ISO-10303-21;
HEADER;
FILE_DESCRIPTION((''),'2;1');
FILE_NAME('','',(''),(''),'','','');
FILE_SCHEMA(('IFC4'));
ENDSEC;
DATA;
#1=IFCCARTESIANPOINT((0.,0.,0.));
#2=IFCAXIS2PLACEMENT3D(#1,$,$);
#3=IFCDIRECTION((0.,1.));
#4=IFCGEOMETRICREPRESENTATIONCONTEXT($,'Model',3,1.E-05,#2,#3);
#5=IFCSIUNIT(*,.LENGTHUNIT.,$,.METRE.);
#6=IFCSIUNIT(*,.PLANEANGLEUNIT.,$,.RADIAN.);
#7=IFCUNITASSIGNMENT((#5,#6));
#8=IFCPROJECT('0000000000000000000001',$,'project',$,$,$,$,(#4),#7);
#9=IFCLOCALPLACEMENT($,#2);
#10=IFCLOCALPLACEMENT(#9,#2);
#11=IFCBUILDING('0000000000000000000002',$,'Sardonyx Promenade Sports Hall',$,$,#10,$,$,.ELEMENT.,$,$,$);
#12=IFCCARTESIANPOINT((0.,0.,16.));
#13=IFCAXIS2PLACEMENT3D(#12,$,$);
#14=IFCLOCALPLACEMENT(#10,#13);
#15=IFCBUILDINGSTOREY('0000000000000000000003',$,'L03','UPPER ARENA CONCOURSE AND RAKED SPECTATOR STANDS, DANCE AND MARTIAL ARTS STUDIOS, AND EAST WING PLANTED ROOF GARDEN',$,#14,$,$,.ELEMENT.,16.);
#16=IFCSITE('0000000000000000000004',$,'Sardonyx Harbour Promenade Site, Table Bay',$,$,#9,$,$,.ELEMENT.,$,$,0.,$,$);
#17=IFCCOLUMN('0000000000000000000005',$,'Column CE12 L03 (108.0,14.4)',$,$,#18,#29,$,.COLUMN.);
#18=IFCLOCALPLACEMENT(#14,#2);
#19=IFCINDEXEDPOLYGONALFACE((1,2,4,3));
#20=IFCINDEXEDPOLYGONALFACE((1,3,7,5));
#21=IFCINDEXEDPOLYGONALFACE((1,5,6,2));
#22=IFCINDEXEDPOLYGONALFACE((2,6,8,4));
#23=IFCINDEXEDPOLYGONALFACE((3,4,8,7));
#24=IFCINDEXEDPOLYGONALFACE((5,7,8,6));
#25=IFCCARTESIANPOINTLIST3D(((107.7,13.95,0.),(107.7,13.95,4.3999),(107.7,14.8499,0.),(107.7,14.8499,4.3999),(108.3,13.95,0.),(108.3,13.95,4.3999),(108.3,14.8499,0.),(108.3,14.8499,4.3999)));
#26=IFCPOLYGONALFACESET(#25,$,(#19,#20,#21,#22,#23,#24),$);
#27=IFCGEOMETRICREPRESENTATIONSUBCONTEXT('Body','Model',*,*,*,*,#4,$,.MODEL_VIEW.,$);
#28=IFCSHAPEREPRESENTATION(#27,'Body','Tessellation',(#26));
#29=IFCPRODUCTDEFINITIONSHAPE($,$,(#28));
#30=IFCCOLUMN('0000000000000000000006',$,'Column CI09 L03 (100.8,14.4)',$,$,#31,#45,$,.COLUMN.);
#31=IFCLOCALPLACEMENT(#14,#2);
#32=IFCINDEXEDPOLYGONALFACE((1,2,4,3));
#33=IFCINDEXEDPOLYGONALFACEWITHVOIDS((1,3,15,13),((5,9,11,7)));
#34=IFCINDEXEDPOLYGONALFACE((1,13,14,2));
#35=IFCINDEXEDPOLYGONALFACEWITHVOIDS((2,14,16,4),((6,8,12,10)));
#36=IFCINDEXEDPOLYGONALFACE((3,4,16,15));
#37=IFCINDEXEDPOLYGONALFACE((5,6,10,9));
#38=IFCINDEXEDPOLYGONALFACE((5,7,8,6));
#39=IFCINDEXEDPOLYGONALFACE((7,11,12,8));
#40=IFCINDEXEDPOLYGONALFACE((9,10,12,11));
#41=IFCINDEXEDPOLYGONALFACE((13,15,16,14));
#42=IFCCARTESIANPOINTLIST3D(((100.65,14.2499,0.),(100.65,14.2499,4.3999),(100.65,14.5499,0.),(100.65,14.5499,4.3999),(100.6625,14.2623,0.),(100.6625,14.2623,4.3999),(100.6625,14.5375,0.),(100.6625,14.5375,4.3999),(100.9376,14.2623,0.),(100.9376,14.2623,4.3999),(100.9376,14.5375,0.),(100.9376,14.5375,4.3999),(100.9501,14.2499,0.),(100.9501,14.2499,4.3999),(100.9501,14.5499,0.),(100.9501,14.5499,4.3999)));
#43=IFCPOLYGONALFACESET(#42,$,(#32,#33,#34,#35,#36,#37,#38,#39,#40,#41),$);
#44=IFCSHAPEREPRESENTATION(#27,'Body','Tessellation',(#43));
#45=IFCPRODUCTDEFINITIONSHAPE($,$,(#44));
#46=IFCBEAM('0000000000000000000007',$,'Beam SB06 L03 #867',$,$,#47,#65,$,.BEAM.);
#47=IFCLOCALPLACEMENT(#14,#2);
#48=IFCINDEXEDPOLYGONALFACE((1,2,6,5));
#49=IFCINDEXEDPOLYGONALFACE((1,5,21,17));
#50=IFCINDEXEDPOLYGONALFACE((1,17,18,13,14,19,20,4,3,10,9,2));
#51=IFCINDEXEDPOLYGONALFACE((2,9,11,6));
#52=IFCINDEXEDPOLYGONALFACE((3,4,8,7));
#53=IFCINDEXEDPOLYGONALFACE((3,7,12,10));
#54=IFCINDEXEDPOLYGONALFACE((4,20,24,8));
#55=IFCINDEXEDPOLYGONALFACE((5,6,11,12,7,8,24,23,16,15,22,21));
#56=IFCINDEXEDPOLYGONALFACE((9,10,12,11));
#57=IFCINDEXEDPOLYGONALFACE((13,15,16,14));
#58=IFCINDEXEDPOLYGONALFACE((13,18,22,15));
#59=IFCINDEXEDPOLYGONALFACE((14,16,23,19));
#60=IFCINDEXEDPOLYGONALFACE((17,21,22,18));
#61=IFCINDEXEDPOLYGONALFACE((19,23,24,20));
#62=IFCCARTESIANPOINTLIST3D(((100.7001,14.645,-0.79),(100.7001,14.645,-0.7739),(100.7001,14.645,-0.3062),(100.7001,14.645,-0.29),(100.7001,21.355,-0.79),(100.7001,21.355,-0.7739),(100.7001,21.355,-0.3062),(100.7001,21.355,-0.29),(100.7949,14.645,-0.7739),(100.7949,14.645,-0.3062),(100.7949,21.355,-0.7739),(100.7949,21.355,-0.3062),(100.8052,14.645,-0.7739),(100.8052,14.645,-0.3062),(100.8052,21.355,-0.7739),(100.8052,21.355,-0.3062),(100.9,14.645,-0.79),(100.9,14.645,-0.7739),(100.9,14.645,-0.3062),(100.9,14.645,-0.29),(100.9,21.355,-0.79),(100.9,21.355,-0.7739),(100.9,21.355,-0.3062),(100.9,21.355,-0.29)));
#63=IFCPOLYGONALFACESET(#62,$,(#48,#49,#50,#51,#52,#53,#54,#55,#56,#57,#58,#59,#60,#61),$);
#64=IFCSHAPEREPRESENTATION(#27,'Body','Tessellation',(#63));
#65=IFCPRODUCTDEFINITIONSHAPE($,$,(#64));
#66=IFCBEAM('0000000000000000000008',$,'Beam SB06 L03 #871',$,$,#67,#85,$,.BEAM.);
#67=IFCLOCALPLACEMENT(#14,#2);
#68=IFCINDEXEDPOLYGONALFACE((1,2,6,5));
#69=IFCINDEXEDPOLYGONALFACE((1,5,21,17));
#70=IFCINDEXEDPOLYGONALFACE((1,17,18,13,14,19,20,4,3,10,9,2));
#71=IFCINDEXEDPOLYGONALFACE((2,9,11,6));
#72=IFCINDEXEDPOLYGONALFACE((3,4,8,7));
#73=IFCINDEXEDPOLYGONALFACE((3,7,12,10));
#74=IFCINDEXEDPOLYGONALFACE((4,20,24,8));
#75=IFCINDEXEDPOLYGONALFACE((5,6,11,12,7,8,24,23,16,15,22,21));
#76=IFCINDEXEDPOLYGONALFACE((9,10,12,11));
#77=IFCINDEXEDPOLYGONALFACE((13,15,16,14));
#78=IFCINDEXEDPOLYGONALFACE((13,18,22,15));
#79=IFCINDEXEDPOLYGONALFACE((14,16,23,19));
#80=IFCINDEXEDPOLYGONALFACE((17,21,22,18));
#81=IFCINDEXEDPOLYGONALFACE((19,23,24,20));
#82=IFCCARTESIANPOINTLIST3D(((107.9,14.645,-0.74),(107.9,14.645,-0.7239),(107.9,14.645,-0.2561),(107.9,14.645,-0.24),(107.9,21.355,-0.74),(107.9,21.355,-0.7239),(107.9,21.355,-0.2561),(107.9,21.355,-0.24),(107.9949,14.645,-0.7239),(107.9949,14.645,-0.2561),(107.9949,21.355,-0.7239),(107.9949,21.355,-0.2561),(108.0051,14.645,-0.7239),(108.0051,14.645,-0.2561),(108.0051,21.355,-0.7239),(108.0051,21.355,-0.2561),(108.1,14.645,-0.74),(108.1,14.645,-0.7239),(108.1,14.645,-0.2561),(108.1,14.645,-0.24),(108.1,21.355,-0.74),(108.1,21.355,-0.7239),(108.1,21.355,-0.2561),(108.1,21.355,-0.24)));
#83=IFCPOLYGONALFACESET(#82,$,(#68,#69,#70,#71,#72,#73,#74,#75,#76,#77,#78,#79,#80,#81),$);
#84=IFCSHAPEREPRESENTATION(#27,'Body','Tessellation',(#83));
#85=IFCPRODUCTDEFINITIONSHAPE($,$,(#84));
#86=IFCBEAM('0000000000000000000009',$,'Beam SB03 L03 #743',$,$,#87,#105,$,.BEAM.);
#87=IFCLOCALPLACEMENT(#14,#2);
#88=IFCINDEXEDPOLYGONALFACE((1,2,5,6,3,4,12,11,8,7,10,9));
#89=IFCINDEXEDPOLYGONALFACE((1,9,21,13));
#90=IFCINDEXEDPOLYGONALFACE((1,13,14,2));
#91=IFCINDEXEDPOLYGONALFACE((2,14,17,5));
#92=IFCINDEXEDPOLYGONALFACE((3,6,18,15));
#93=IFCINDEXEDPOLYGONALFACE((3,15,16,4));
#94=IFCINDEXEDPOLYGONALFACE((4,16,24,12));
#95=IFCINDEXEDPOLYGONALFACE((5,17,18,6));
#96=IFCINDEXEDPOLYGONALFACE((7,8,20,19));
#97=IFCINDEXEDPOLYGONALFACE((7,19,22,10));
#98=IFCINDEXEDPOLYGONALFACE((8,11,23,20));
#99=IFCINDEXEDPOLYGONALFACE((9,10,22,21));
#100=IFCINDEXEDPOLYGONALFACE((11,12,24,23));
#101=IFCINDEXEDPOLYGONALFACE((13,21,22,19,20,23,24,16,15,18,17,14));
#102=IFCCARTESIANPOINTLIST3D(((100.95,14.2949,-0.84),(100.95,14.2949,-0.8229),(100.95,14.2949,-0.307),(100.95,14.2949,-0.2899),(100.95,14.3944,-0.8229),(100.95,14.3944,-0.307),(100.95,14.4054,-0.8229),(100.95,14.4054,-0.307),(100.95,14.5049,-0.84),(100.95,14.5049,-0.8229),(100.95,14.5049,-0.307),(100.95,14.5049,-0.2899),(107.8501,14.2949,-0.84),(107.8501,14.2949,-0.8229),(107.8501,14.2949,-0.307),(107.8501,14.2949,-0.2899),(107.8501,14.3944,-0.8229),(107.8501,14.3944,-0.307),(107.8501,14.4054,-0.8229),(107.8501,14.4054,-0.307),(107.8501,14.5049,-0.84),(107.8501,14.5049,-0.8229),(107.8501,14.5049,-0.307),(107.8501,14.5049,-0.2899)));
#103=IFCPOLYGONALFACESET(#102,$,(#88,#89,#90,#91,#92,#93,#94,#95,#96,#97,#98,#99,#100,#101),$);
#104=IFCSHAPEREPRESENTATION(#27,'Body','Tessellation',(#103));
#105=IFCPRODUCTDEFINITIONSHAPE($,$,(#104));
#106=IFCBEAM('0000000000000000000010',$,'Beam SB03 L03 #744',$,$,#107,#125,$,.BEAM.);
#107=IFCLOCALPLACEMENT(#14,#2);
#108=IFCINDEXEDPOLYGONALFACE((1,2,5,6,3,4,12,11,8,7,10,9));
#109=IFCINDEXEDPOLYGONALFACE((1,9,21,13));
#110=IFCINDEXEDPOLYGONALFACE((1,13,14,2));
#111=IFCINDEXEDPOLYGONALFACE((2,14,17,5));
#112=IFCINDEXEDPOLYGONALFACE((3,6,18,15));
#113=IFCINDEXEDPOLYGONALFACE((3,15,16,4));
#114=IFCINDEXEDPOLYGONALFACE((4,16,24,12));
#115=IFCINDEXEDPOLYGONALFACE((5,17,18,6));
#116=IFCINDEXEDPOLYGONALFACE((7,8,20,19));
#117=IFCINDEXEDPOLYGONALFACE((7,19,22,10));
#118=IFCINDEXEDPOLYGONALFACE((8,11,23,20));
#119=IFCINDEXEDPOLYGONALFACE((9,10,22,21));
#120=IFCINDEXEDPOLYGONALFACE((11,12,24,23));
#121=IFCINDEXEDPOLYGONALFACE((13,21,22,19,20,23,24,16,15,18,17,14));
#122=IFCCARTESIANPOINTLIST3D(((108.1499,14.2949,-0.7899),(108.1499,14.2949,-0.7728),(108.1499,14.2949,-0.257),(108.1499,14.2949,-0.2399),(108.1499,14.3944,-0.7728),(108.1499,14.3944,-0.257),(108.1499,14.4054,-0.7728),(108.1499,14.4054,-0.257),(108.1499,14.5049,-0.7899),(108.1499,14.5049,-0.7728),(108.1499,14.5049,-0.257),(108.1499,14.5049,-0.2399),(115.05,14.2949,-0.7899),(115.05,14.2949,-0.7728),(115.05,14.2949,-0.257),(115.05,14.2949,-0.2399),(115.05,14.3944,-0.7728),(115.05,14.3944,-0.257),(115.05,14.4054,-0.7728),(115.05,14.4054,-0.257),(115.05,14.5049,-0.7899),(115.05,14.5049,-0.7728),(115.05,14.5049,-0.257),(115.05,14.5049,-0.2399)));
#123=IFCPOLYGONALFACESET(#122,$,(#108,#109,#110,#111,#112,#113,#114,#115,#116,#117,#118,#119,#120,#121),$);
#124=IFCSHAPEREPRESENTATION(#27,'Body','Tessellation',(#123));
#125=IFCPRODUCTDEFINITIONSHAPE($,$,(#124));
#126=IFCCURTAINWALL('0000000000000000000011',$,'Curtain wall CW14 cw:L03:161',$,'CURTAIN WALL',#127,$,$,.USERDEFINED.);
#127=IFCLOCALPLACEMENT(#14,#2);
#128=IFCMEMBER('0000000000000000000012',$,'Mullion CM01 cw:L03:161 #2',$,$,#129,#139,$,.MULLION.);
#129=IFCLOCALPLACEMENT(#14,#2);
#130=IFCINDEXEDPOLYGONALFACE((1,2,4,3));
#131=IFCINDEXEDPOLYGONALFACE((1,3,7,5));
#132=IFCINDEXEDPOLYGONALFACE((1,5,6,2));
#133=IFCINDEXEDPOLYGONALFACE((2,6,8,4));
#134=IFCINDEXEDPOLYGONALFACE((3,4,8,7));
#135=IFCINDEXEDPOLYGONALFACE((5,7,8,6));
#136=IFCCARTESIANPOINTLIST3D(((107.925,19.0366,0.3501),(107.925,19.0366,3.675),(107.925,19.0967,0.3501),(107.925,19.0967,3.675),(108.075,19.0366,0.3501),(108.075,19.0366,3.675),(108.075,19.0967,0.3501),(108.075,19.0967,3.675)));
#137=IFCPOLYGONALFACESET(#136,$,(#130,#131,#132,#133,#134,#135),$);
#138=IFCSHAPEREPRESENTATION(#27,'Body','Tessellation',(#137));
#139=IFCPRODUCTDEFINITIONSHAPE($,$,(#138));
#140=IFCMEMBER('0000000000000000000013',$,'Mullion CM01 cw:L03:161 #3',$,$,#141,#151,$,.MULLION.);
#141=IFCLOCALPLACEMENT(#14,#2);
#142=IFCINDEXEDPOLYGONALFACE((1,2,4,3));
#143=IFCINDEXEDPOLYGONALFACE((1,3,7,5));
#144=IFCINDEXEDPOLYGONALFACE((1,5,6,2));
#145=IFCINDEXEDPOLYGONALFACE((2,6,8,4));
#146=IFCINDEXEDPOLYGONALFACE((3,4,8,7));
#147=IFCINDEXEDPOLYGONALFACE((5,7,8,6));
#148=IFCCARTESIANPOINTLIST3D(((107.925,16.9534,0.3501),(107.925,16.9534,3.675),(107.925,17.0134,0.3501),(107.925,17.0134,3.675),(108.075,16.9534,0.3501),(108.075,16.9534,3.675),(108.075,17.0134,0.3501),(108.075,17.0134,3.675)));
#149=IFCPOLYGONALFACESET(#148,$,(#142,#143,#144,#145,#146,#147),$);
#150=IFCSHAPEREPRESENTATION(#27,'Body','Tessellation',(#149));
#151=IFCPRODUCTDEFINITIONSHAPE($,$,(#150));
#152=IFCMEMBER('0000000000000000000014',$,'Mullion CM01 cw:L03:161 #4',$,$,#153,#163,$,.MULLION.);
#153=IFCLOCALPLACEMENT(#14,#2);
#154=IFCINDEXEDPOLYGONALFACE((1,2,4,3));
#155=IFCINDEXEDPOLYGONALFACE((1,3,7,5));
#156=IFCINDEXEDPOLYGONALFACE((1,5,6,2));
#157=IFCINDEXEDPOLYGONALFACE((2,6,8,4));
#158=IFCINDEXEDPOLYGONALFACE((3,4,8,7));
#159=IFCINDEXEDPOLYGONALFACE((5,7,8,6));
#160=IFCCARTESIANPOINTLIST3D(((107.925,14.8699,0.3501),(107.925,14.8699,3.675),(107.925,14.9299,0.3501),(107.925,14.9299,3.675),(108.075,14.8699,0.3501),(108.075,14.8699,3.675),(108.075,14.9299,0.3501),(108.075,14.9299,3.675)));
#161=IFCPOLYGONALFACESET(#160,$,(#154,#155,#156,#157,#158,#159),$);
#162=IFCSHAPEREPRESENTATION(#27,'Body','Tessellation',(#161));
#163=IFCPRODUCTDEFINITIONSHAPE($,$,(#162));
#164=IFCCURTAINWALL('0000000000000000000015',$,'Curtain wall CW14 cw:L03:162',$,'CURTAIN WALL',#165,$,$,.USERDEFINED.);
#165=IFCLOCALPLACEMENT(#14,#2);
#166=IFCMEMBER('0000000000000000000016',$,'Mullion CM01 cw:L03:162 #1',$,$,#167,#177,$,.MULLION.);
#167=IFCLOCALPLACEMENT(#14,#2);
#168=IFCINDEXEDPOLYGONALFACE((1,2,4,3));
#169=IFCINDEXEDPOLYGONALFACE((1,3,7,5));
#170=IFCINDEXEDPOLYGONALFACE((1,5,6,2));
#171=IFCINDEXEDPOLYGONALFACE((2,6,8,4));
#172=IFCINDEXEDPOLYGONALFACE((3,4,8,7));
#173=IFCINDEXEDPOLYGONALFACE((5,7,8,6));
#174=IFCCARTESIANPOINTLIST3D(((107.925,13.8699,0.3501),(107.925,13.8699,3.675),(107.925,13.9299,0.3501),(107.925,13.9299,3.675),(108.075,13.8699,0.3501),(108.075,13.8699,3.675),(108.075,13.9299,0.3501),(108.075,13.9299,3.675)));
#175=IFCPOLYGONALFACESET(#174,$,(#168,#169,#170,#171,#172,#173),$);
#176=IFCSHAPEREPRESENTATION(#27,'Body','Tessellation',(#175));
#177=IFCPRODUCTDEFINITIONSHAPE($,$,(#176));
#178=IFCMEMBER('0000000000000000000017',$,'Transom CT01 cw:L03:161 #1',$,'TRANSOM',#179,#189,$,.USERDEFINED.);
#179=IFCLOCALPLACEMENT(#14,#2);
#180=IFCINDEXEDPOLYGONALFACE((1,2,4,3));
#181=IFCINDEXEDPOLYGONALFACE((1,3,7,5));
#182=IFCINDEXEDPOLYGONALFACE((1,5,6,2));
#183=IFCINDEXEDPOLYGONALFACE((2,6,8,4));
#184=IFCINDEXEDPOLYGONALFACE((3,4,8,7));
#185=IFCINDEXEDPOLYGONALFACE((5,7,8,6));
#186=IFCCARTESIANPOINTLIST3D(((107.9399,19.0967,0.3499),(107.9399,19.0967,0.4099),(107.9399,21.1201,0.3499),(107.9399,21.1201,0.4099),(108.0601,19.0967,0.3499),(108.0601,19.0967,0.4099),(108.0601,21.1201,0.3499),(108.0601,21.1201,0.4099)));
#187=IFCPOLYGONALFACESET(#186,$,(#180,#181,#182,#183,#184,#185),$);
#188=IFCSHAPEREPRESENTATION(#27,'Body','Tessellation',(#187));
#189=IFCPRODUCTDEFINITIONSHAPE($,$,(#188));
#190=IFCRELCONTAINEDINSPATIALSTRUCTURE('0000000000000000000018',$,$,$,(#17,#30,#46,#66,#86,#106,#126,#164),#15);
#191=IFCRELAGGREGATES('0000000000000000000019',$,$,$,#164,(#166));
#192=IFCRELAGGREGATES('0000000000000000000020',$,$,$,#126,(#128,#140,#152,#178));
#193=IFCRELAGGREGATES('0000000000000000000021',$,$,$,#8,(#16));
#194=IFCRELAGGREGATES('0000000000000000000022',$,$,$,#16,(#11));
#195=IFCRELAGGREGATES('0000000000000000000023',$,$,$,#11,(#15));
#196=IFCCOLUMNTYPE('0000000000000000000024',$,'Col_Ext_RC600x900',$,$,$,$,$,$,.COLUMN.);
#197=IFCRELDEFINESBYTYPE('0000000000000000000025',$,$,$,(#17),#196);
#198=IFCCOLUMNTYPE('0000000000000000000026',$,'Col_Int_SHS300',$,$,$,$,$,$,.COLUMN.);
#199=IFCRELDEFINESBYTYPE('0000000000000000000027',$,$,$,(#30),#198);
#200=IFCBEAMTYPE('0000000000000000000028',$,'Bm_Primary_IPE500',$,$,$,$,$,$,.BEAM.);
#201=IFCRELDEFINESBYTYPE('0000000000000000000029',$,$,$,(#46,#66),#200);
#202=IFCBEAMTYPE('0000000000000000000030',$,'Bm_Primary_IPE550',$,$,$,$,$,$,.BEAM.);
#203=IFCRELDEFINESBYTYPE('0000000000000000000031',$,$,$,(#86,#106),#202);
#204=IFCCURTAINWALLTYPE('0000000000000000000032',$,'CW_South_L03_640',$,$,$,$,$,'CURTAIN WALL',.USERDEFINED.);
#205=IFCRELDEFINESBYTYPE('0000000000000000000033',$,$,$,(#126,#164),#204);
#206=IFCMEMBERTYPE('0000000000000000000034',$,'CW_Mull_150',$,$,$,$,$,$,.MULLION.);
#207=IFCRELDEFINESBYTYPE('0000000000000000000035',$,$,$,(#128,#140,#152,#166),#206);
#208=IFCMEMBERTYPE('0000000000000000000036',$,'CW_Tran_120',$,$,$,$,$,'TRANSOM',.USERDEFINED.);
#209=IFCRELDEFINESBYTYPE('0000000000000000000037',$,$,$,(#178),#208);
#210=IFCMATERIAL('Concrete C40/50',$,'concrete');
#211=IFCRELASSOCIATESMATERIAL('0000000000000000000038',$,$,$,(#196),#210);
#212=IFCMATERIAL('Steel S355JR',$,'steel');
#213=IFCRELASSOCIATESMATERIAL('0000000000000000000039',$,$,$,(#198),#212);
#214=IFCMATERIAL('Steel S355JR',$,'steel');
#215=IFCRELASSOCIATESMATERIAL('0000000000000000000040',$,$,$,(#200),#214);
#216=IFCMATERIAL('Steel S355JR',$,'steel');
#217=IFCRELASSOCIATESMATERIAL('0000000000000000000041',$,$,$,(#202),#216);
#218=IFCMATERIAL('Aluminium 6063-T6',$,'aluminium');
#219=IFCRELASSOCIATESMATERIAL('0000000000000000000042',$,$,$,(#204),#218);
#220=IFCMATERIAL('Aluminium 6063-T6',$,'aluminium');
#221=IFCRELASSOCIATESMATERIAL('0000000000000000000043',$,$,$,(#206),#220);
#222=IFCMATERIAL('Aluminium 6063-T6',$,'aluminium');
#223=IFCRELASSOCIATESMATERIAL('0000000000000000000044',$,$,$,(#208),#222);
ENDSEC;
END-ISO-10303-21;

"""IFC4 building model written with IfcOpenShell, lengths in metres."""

from ifc_helpers import new_model, si_unit, direction, frame, origin, origin_2d, place, context, subcontext, project, spatial, rectangle, hollow_rectangle, i_section, extrude, material, material_profile, profile_set, type_object, element, aggregate, save


model = new_model("IFC4")

# Units and contexts
model_context = context("Model", 3, precision=1e-05, world=origin(), true_north=direction((0.0, 1.0)))
body_context = subcontext(model_context, "Body", "Model", "MODEL_VIEW")
ifc_project = project(units=[si_unit("LENGTHUNIT", "METRE"), si_unit("PLANEANGLEUNIT", "RADIAN")], contexts=[model_context])

# Site, building, storey
site_placement = place(None, origin())
site = spatial("IfcSite", under=ifc_project, at=site_placement, Name="Sardonyx Harbour Promenade Site, Table Bay", CompositionType="ELEMENT", RefElevation=0.0)
building_placement = place(site_placement, origin())
building = spatial("IfcBuilding", under=site, at=building_placement, Name="Sardonyx Promenade Sports Hall", CompositionType="ELEMENT")
storey_placement = place(building_placement, frame((0.0, 0.0, 16.0)))
storey = spatial("IfcBuildingStorey", under=building, at=storey_placement, Name="L03", Description="UPPER ARENA CONCOURSE AND RAKED SPECTATOR STANDS, DANCE AND MARTIAL ARTS STUDIOS, AND EAST WING PLANTED ROOF GARDEN", CompositionType="ELEMENT", Elevation=16.0)

# Columns
ifc_material_1 = material(Name="Concrete C40/50", Category="concrete")
ifc_material_profile_1 = material_profile(ifc_material_1, rectangle(XDim=0.6001, YDim=0.8999, at=origin_2d()))
ifc_profile_set_1 = profile_set([ifc_material_profile_1], Name="Concrete C40/50")
column_type_1 = type_object("IfcColumnType", Name="Col_Ext_RC600x900", PredefinedType="COLUMN", material=ifc_profile_set_1)
column_1_placement = place(storey_placement, frame((108.0, 14.3999, 0.0), z_axis=(0.0, 0.0, 1.0), x_axis=(1.0, 0.0, 0.0)))
element("IfcColumn", 1, at=column_1_placement, inside=storey, type_object=column_type_1, Name="Column CE12 L03 (108.0,14.4)", PredefinedType="COLUMN", context=body_context, shape_type="SweptSolid", body=[
    extrude(rectangle(XDim=0.6001, YDim=0.8999, at=origin_2d()), origin(), (0.0, 0.0, 1.0), 4.3999),
])
ifc_material_2 = material(Name="Steel S355JR", Category="steel")
ifc_material_profile_2 = material_profile(ifc_material_2, hollow_rectangle(XDim=0.3, YDim=0.3, WallThickness=0.0125, at=origin_2d()))
ifc_profile_set_2 = profile_set([ifc_material_profile_2], Name="Steel S355JR")
column_type_2 = type_object("IfcColumnType", Name="Col_Int_SHS300", PredefinedType="COLUMN", material=ifc_profile_set_2)
column_2_placement = place(storey_placement, frame((100.8, 14.3999, 0.0), z_axis=(0.0, 0.0, 1.0), x_axis=(1.0, 0.0, 0.0)))
element("IfcColumn", 2, at=column_2_placement, inside=storey, type_object=column_type_2, Name="Column CI09 L03 (100.8,14.4)", PredefinedType="COLUMN", context=body_context, shape_type="SweptSolid", body=[
    extrude(hollow_rectangle(XDim=0.3, YDim=0.3, WallThickness=0.0125, at=origin_2d()), origin(), (0.0, 0.0, 1.0), 4.3999),
])

# Beams
ifc_material_3 = material(Name="Steel S355JR", Category="steel")
ifc_material_profile_3 = material_profile(ifc_material_3, i_section(OverallWidth=0.2, OverallDepth=0.5, WebThickness=0.0103, FlangeThickness=0.0161, at=origin_2d()))
ifc_profile_set_3 = profile_set([ifc_material_profile_3], Name="Steel S355JR")
beam_type_1 = type_object("IfcBeamType", Name="Bm_Primary_IPE500", PredefinedType="BEAM", material=ifc_profile_set_3)
for number, where, z_axis, x_axis, name in (
    (3, (100.8, 14.645, -0.54), (0.0, 1.0, 0.0), (-1.0, 0.0, 0.0), "Beam SB06 L03 #867"),
    (4, (108.0, 14.645, -0.49), (0.0, 1.0, 0.0), (-1.0, 0.0, 0.0), "Beam SB06 L03 #871"),
):
    element("IfcBeam", number, at=place(storey_placement, frame(where, z_axis=z_axis, x_axis=x_axis)), inside=storey, type_object=beam_type_1, Name=name, PredefinedType="BEAM", context=body_context, shape_type="SweptSolid", body=[
        extrude(i_section(OverallWidth=0.2, OverallDepth=0.5, WebThickness=0.0103, FlangeThickness=0.0161, at=origin_2d()), origin(), (0.0, 0.0, 1.0), 6.71),
    ])
ifc_material_4 = material(Name="Steel S355JR", Category="steel")
ifc_material_profile_4 = material_profile(ifc_material_4, i_section(OverallWidth=0.21, OverallDepth=0.55, WebThickness=0.011, FlangeThickness=0.0171, at=origin_2d()))
ifc_profile_set_4 = profile_set([ifc_material_profile_4], Name="Steel S355JR")
beam_type_2 = type_object("IfcBeamType", Name="Bm_Primary_IPE550", PredefinedType="BEAM", material=ifc_profile_set_4)
for number, where, z_axis, x_axis, name in (
    (5, (100.95, 14.3999, -0.5649), (1.0, 0.0, 0.0), (0.0, 1.0, 0.0), "Beam SB03 L03 #743"),
    (6, (108.1499, 14.3999, -0.5149), (1.0, 0.0, 0.0), (0.0, 1.0, 0.0), "Beam SB03 L03 #744"),
):
    element("IfcBeam", number, at=place(storey_placement, frame(where, z_axis=z_axis, x_axis=x_axis)), inside=storey, type_object=beam_type_2, Name=name, PredefinedType="BEAM", context=body_context, shape_type="SweptSolid", body=[
        extrude(i_section(OverallWidth=0.21, OverallDepth=0.55, WebThickness=0.011, FlangeThickness=0.0171, at=origin_2d()), origin(), (0.0, 0.0, 1.0), 6.9001),
    ])

# Curtain wall, members
ifc_material_5 = material(Name="Aluminium 6063-T6", Category="aluminium")
curtain_wall_type = type_object("IfcCurtainWallType", Name="CW_South_L03_640", ElementType="CURTAIN WALL", PredefinedType="USERDEFINED", material=ifc_material_5)
curtain_wall_1_placement = place(storey_placement, origin())
curtain_wall_1 = element("IfcCurtainWall", 7, at=curtain_wall_1_placement, inside=storey, type_object=curtain_wall_type, Name="Curtain wall CW14 cw:L03:161", ObjectType="CURTAIN WALL", PredefinedType="USERDEFINED")
ifc_material_6 = material(Name="Aluminium 6063-T6", Category="aluminium")
ifc_material_profile_5 = material_profile(ifc_material_6, rectangle(XDim=0.0601, YDim=0.1499, at=origin_2d()))
ifc_profile_set_5 = profile_set([ifc_material_profile_5], Name="Aluminium 6063-T6")
member_type_1 = type_object("IfcMemberType", Name="CW_Mull_150", PredefinedType="MULLION", material=ifc_profile_set_5)
member_1_placement = place(storey_placement, frame((108.0, 19.0667, 0.3501), z_axis=(0.0, 0.0, 1.0), x_axis=(0.0, -1.0, 0.0)))
member_1 = element("IfcMember", 8, at=member_1_placement, type_object=member_type_1, Name="Mullion CM01 cw:L03:161 #2", PredefinedType="MULLION", context=body_context, shape_type="SweptSolid", body=[
    extrude(rectangle(XDim=0.0601, YDim=0.1499, at=origin_2d()), origin(), (0.0, 0.0, 1.0), 3.325),
])
member_2_placement = place(storey_placement, frame((108.0, 16.9834, 0.3501), z_axis=(0.0, 0.0, 1.0), x_axis=(0.0, -1.0, 0.0)))
member_2 = element("IfcMember", 9, at=member_2_placement, type_object=member_type_1, Name="Mullion CM01 cw:L03:161 #3", PredefinedType="MULLION", context=body_context, shape_type="SweptSolid", body=[
    extrude(rectangle(XDim=0.0601, YDim=0.1499, at=origin_2d()), origin(), (0.0, 0.0, 1.0), 3.325),
])
member_3_placement = place(storey_placement, frame((108.0, 14.8999, 0.3501), z_axis=(0.0, 0.0, 1.0), x_axis=(0.0, -1.0, 0.0)))
member_3 = element("IfcMember", 10, at=member_3_placement, type_object=member_type_1, Name="Mullion CM01 cw:L03:161 #4", PredefinedType="MULLION", context=body_context, shape_type="SweptSolid", body=[
    extrude(rectangle(XDim=0.0601, YDim=0.1499, at=origin_2d()), origin(), (0.0, 0.0, 1.0), 3.325),
])

# Curtain wall, member
curtain_wall_2_placement = place(storey_placement, origin())
curtain_wall_2 = element("IfcCurtainWall", 11, at=curtain_wall_2_placement, inside=storey, type_object=curtain_wall_type, Name="Curtain wall CW14 cw:L03:162", ObjectType="CURTAIN WALL", PredefinedType="USERDEFINED")
member_4_placement = place(storey_placement, frame((108.0, 13.8999, 0.3501), z_axis=(0.0, 0.0, 1.0), x_axis=(0.0, -1.0, 0.0)))
member_4 = element("IfcMember", 12, at=member_4_placement, type_object=member_type_1, Name="Mullion CM01 cw:L03:162 #1", PredefinedType="MULLION", context=body_context, shape_type="SweptSolid", body=[
    extrude(rectangle(XDim=0.0601, YDim=0.1499, at=origin_2d()), origin(), (0.0, 0.0, 1.0), 3.325),
])
aggregate(curtain_wall_2, [member_4])

# Member
ifc_material_7 = material(Name="Aluminium 6063-T6", Category="aluminium")
ifc_material_profile_6 = material_profile(ifc_material_7, rectangle(XDim=0.0601, YDim=0.1201, at=origin_2d()))
ifc_profile_set_6 = profile_set([ifc_material_profile_6], Name="Aluminium 6063-T6")
member_type_2 = type_object("IfcMemberType", Name="CW_Tran_120", ElementType="TRANSOM", PredefinedType="USERDEFINED", material=ifc_profile_set_6)
member_5_placement = place(storey_placement, frame((108.0, 21.1201, 0.3799), z_axis=(0.0, -1.0, 0.0), x_axis=(0.0, 0.0, 1.0)))
member_5 = element("IfcMember", 13, at=member_5_placement, type_object=member_type_2, Name="Transom CT01 cw:L03:161 #1", ObjectType="TRANSOM", PredefinedType="USERDEFINED", context=body_context, shape_type="SweptSolid", body=[
    extrude(rectangle(XDim=0.0601, YDim=0.1201, at=origin_2d()), origin(), (0.0, 0.0, 1.0), 2.0234),
])

aggregate(curtain_wall_1, [member_1, member_2, member_3, member_5])

save(model, "model.ifc")
